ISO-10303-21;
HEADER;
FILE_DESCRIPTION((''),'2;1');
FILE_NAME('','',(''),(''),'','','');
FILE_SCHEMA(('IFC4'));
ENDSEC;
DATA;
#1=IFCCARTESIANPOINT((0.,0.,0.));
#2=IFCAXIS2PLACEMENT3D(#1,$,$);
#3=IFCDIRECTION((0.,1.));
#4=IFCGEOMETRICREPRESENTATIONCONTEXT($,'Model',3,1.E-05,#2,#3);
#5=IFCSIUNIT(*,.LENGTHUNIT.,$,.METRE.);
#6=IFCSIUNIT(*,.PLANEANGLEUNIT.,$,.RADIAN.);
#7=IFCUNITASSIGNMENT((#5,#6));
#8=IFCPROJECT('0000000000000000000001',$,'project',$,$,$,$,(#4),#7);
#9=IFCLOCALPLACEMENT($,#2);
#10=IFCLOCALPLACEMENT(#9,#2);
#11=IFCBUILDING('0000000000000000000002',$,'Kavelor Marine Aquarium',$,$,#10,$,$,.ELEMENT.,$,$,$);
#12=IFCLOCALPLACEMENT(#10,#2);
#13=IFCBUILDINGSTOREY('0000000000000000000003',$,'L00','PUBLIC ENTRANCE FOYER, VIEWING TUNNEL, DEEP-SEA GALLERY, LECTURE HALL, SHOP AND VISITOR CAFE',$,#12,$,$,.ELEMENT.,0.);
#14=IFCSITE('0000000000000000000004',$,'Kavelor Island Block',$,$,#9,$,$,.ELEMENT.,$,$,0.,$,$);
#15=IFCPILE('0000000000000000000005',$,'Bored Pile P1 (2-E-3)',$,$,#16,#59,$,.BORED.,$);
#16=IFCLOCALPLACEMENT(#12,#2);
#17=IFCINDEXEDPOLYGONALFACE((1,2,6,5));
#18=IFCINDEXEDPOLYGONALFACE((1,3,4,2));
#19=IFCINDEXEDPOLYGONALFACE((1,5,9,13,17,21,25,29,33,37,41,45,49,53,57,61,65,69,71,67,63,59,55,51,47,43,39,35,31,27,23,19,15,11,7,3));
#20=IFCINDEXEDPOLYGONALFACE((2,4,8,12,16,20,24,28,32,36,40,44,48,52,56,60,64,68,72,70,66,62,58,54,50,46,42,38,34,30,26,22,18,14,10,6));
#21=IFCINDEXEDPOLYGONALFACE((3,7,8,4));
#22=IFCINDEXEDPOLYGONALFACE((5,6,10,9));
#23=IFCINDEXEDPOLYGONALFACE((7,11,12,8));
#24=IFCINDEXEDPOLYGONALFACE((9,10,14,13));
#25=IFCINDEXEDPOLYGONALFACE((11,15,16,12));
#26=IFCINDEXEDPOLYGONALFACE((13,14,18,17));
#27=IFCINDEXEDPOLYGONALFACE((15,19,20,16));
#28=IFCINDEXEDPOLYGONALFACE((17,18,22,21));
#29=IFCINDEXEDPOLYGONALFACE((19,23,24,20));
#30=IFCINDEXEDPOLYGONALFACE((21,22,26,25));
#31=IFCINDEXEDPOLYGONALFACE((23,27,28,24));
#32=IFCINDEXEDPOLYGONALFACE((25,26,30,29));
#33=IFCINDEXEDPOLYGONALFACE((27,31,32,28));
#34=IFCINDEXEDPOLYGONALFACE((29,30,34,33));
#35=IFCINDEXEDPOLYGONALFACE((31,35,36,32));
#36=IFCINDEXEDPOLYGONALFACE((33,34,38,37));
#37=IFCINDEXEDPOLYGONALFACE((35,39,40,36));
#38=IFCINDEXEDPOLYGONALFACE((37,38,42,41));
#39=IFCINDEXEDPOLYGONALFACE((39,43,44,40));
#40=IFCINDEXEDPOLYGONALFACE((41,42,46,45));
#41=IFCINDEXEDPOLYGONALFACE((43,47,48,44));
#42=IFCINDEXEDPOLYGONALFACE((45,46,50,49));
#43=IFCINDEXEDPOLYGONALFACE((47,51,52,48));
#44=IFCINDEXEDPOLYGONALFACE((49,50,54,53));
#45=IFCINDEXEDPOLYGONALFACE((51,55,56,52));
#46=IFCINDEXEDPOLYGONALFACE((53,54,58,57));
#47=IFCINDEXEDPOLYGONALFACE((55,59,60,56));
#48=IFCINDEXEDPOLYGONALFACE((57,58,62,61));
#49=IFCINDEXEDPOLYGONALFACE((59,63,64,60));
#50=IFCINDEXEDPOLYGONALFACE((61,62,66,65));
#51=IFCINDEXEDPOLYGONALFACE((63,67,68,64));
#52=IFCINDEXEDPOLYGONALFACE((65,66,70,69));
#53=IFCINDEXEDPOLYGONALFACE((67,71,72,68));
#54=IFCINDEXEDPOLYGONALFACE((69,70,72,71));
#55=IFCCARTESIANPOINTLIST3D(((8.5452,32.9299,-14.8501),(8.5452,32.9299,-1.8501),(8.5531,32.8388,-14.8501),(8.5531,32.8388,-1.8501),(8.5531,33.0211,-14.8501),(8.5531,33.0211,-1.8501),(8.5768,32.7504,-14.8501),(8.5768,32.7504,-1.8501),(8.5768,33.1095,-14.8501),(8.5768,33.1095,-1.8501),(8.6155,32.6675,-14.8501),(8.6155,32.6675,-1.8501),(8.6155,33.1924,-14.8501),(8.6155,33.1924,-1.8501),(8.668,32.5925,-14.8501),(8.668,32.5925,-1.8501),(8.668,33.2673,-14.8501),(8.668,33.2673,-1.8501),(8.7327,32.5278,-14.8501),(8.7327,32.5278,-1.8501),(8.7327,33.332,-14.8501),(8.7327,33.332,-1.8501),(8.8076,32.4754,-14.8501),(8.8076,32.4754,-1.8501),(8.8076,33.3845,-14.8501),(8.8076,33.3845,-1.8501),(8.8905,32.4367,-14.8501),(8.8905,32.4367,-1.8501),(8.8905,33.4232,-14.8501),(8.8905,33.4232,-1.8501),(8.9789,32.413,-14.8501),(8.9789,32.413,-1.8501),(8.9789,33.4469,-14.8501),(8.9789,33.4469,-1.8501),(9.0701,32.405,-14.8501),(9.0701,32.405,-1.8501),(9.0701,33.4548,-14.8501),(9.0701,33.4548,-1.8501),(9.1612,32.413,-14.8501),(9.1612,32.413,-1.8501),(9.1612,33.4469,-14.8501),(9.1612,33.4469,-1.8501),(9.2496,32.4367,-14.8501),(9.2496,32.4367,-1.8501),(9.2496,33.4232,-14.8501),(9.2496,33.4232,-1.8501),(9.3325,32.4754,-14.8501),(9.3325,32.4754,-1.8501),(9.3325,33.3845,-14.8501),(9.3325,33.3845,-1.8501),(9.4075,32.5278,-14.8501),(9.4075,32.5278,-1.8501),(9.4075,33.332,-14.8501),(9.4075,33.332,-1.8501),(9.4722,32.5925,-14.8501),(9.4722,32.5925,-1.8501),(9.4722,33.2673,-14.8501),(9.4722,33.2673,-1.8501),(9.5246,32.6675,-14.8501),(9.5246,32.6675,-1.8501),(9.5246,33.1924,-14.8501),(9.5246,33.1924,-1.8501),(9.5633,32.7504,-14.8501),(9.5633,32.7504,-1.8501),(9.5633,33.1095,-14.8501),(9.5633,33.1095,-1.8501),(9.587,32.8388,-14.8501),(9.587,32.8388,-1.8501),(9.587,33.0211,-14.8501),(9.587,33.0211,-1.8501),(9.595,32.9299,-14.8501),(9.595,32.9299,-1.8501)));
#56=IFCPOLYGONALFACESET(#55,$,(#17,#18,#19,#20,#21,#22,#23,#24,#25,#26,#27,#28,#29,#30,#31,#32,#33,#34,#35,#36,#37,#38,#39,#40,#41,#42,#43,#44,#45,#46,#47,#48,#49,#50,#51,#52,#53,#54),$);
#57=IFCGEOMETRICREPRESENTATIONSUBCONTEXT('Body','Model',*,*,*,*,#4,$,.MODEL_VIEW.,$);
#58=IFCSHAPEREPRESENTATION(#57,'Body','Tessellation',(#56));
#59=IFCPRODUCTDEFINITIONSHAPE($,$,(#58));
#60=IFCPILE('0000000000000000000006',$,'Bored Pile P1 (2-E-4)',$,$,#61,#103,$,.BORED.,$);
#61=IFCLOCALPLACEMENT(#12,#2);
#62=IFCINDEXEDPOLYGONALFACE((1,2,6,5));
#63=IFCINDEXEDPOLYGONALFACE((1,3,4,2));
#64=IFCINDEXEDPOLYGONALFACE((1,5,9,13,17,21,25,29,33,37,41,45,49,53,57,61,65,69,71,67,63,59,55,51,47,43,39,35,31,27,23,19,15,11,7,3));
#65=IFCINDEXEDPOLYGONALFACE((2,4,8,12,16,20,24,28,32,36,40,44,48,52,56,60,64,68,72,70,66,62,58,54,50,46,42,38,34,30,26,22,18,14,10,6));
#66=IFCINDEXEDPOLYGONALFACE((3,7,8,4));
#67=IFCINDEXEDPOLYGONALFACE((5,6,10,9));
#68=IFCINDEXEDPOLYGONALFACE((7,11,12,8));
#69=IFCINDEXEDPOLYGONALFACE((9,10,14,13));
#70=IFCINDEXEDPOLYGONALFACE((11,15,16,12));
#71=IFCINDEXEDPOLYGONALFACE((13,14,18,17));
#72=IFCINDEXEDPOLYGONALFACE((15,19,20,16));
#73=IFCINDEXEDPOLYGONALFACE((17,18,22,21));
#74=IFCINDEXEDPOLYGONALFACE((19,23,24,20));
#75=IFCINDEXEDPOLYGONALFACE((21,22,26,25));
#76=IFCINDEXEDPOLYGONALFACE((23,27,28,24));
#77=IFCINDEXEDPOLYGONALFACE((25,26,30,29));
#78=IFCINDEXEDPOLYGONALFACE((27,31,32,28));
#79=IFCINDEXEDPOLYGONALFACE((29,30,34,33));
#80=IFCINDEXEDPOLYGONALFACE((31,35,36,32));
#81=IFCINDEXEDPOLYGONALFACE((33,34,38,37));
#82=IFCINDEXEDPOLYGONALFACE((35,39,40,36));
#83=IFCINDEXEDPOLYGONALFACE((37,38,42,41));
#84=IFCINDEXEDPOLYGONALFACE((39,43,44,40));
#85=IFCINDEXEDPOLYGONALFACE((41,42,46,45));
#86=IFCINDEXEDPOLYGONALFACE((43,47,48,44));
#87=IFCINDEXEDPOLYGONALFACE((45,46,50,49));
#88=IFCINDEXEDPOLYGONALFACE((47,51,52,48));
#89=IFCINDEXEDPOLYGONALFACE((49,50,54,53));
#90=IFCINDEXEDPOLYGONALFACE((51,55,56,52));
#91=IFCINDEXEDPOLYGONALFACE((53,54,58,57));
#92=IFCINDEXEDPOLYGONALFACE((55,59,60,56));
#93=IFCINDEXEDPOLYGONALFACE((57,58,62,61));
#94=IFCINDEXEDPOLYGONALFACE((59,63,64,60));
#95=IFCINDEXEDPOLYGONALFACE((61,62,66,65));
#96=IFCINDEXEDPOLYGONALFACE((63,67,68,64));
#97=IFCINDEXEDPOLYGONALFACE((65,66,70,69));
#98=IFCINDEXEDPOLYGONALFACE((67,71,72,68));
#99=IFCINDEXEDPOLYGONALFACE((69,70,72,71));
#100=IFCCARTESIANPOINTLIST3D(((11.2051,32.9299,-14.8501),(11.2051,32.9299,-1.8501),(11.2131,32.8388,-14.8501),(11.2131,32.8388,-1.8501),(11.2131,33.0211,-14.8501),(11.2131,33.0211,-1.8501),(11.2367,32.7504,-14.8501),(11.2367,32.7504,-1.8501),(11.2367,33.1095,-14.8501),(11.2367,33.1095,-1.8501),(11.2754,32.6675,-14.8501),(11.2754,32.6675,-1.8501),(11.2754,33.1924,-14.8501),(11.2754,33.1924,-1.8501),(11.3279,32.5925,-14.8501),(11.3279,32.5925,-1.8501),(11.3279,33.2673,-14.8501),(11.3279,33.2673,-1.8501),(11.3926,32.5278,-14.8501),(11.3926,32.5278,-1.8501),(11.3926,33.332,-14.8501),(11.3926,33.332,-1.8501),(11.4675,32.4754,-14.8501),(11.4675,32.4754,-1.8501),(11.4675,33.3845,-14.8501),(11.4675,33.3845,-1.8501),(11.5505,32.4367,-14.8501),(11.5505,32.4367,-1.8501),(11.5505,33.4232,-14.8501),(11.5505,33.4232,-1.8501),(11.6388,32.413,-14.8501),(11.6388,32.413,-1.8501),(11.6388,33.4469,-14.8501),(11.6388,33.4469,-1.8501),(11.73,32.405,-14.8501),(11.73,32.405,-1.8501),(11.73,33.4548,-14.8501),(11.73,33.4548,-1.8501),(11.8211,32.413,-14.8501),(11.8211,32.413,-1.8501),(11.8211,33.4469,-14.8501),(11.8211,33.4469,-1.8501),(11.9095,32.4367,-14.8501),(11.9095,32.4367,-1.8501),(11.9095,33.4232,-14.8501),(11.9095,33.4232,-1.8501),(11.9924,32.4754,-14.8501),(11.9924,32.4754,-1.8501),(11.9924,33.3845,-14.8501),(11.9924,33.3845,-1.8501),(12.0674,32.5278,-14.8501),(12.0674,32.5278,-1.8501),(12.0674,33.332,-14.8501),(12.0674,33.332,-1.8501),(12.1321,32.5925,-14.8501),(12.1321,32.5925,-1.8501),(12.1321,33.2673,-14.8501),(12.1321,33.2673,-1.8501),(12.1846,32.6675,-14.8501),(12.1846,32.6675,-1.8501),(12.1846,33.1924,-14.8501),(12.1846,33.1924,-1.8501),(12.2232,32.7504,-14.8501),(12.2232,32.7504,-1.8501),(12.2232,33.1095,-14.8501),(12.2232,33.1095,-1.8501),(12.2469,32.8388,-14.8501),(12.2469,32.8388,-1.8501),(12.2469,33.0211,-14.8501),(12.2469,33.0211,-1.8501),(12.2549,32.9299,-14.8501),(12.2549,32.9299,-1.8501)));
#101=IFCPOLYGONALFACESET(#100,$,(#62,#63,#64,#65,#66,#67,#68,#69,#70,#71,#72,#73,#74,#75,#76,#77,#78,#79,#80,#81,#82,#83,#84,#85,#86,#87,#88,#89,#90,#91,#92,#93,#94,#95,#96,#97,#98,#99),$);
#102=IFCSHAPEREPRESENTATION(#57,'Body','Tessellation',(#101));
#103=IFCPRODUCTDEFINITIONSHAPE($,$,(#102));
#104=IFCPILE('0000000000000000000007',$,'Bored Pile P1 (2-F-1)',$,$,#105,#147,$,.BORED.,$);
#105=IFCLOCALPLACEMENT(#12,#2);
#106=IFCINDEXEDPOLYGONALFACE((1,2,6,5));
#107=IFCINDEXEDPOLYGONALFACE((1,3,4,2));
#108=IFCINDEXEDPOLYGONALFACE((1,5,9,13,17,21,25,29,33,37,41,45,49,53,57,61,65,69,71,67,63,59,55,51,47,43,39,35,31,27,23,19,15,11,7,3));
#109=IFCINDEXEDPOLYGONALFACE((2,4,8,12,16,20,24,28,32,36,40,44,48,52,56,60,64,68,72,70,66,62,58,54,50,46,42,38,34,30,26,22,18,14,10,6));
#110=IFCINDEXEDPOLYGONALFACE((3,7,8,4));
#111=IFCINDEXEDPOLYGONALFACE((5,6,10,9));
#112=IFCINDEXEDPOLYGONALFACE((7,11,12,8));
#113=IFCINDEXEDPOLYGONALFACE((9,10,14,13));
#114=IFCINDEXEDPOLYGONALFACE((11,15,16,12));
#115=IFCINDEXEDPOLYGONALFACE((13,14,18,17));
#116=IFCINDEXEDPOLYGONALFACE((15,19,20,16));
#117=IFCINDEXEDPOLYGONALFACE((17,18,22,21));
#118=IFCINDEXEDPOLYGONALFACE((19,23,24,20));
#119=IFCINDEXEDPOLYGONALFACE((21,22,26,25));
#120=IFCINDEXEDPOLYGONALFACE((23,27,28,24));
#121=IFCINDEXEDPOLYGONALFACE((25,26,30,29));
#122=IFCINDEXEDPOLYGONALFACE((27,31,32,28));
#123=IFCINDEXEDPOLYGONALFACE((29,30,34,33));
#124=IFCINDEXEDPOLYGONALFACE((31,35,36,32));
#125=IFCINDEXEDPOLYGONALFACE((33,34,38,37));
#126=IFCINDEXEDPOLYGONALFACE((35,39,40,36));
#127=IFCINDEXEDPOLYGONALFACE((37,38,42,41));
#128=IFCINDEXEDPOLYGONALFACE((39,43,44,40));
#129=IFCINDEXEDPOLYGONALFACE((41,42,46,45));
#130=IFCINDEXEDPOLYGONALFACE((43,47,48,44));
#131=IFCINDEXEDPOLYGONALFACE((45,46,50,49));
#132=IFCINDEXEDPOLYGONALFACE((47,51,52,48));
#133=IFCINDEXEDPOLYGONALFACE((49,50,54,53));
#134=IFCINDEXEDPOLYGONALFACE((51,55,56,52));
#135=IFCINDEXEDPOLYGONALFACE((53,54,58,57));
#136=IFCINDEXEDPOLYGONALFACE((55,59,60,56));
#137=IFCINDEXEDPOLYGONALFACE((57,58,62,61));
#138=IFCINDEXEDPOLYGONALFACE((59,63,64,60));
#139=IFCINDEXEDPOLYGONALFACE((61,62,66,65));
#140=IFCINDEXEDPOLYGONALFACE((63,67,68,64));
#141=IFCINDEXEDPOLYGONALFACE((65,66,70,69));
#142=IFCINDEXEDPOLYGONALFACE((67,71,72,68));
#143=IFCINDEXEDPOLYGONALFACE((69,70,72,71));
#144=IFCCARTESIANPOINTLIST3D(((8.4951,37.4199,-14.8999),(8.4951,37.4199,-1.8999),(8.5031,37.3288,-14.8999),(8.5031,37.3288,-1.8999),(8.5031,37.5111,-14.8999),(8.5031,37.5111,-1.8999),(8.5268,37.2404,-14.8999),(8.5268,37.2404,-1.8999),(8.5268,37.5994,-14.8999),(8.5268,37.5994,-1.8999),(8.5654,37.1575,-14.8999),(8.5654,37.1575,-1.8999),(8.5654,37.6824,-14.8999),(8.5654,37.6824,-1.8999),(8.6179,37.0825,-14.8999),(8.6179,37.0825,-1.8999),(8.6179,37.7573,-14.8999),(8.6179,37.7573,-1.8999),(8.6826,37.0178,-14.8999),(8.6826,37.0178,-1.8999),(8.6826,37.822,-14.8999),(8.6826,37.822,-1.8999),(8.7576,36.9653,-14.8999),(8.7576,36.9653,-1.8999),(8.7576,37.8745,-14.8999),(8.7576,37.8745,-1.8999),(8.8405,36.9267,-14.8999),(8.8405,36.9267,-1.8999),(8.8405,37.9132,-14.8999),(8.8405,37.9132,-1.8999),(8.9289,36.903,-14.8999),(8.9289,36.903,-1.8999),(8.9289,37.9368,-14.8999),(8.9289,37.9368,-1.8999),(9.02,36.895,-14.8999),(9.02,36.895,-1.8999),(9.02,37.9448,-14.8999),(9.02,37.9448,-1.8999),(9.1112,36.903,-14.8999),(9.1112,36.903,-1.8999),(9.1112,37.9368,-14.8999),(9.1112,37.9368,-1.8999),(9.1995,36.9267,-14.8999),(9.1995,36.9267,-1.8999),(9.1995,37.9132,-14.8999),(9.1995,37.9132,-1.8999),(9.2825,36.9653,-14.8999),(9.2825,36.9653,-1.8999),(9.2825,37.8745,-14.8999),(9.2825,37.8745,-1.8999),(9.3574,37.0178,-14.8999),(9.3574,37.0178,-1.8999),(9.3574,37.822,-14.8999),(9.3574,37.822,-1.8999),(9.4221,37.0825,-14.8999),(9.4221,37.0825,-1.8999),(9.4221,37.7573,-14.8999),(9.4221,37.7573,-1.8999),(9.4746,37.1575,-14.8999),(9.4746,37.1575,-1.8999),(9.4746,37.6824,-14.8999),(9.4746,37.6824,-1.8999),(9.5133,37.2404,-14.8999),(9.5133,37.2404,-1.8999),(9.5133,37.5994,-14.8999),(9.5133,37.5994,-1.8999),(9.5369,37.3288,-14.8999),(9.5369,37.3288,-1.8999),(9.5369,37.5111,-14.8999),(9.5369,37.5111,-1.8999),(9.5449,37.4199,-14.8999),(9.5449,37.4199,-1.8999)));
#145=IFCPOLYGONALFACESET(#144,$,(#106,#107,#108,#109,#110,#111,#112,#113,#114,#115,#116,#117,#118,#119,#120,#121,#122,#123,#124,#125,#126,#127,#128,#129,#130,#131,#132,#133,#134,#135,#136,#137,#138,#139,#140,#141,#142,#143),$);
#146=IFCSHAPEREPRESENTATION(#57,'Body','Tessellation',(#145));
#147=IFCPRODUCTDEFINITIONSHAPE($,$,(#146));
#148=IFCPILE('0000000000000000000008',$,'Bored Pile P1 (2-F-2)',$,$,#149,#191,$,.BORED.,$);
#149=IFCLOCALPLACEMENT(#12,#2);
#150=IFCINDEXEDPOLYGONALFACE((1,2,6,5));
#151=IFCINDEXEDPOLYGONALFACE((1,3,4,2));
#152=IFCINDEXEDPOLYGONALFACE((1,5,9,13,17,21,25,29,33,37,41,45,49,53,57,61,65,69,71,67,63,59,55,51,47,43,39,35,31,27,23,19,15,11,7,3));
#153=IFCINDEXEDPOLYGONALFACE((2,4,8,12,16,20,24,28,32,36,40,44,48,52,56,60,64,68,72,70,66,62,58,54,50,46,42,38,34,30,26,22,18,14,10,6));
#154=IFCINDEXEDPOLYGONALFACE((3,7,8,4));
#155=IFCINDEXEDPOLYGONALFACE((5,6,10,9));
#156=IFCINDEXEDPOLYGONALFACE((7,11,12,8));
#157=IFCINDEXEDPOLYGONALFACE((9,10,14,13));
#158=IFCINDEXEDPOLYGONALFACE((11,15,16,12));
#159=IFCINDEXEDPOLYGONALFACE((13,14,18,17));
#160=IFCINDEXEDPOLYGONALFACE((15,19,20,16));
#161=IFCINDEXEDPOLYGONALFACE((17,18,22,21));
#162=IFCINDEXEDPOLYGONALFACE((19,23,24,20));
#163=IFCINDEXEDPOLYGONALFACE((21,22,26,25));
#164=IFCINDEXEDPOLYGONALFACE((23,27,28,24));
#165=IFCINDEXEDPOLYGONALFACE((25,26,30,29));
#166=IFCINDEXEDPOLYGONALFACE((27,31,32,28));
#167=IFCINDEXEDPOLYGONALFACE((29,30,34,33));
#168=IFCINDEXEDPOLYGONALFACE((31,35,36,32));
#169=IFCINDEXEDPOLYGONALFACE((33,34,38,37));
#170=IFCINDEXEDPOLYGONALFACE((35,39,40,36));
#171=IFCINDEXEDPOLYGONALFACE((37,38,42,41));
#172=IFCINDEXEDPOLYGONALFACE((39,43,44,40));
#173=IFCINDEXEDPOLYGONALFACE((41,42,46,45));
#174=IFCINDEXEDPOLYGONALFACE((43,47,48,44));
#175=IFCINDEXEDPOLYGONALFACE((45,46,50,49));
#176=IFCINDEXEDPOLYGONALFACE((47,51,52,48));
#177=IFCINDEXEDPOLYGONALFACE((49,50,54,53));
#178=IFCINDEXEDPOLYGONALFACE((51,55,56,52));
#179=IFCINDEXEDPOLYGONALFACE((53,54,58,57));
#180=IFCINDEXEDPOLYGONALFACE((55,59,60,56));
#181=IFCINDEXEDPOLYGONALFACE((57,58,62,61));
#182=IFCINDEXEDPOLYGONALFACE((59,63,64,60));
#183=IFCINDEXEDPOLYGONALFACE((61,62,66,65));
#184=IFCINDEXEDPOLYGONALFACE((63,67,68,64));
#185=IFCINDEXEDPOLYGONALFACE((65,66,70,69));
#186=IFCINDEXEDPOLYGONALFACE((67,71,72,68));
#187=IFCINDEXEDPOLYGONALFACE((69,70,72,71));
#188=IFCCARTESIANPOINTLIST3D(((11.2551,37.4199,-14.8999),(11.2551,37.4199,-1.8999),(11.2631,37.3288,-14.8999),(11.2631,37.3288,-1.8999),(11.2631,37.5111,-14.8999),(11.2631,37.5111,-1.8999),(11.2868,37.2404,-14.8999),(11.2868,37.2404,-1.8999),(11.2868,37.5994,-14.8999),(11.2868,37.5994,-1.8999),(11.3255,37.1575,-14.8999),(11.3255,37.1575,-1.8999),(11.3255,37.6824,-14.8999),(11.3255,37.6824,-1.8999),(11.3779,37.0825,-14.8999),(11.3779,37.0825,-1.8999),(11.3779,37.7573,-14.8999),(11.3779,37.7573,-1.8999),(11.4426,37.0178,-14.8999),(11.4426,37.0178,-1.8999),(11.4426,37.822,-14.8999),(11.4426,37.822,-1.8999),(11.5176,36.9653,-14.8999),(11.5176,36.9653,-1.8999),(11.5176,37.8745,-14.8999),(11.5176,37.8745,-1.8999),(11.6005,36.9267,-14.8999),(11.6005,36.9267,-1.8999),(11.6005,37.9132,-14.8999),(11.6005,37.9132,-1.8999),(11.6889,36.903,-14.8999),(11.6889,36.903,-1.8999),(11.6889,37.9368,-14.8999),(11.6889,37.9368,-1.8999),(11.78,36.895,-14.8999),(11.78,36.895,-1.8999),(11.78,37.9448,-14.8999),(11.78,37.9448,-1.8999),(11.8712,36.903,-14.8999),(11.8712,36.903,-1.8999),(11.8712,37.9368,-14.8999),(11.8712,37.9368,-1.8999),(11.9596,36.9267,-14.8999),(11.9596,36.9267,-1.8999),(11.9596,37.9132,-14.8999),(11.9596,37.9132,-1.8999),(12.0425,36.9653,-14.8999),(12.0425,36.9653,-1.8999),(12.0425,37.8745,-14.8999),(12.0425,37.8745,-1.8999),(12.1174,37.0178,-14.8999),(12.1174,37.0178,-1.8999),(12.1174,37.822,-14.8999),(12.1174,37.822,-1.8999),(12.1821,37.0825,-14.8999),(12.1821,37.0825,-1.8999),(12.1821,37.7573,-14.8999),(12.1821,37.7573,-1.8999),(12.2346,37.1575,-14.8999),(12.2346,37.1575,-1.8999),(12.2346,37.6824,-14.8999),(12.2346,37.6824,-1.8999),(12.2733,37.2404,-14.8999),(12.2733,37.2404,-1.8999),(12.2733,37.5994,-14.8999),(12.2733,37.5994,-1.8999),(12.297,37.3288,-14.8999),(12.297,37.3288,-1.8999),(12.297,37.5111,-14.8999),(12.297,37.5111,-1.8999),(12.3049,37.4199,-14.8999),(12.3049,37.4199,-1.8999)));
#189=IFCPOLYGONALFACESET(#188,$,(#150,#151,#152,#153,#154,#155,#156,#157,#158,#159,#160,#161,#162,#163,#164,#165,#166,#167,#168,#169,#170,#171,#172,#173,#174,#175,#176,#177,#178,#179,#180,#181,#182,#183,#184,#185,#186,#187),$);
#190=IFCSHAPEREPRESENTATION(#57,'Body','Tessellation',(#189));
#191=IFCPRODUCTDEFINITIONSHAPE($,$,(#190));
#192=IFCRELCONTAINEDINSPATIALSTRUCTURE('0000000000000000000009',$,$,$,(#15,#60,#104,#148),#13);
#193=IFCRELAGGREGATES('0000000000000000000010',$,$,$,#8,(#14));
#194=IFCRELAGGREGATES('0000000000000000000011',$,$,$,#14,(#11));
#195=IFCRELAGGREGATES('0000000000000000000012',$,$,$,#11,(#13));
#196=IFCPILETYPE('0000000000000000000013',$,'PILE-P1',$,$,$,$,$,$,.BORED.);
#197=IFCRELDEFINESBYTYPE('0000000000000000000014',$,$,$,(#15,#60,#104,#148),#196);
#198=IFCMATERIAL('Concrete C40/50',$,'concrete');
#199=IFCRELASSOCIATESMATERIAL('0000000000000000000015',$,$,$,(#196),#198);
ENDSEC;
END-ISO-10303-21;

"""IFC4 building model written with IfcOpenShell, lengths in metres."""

from ifc_helpers import new_model, si_unit, direction, frame, origin, origin_2d, place, context, subcontext, project, spatial, circle, extrude, material, material_profile, profile_set, type_object, element, save


model = new_model("IFC4")

# Units and contexts
model_context = context("Model", 3, precision=1e-05, world=origin(), true_north=direction((0.0, 1.0)))
body_context = subcontext(model_context, "Body", "Model", "MODEL_VIEW")
ifc_project = project(units=[si_unit("LENGTHUNIT", "METRE"), si_unit("PLANEANGLEUNIT", "RADIAN")], contexts=[model_context])

# Site, building, storey
site_placement = place(None, origin())
site = spatial("IfcSite", under=ifc_project, at=site_placement, Name="Kavelor Island Block", CompositionType="ELEMENT", RefElevation=0.0)
building_placement = place(site_placement, origin())
building = spatial("IfcBuilding", under=site, at=building_placement, Name="Kavelor Marine Aquarium", CompositionType="ELEMENT")
storey_placement = place(building_placement, origin())
storey = spatial("IfcBuildingStorey", under=building, at=storey_placement, Name="L00", Description="PUBLIC ENTRANCE FOYER, VIEWING TUNNEL, DEEP-SEA GALLERY, LECTURE HALL, SHOP AND VISITOR CAFE", CompositionType="ELEMENT", Elevation=0.0)

# Piles
ifc_material_1 = material(Name="Concrete C40/50", Category="concrete")
ifc_material_profile_1 = material_profile(ifc_material_1, circle(Radius=0.5249, at=origin_2d()), Name="PILE D1050")
ifc_profile_set_1 = profile_set([ifc_material_profile_1], Name="Concrete C40/50")
pile_type_1 = type_object("IfcPileType", Name="PILE-P1", PredefinedType="BORED", material=ifc_profile_set_1)
for number, where, z_axis, x_axis, name in (
    (1, (9.0701, 32.9299, -1.8501), (0.0, 0.0, -1.0), (1.0, 0.0, 0.0), "Bored Pile P1 (2-E-3)"),
    (2, (11.73, 32.9299, -1.8501), (0.0, 0.0, -1.0), (1.0, 0.0, 0.0), "Bored Pile P1 (2-E-4)"),
    (3, (9.02, 37.4199, -1.8999), (0.0, 0.0, -1.0), (1.0, 0.0, 0.0), "Bored Pile P1 (2-F-1)"),
    (4, (11.78, 37.4199, -1.8999), (0.0, 0.0, -1.0), (1.0, 0.0, 0.0), "Bored Pile P1 (2-F-2)"),
):
    element("IfcPile", number, at=place(storey_placement, frame(where, z_axis=z_axis, x_axis=x_axis)), inside=storey, type_object=pile_type_1, Name=name, PredefinedType="BORED", context=body_context, shape_type="SweptSolid", body=[
        extrude(circle(Radius=0.5249, at=origin_2d()), origin(), (0.0, 0.0, 1.0), 13.0),
    ])

save(model, "model.ifc")
